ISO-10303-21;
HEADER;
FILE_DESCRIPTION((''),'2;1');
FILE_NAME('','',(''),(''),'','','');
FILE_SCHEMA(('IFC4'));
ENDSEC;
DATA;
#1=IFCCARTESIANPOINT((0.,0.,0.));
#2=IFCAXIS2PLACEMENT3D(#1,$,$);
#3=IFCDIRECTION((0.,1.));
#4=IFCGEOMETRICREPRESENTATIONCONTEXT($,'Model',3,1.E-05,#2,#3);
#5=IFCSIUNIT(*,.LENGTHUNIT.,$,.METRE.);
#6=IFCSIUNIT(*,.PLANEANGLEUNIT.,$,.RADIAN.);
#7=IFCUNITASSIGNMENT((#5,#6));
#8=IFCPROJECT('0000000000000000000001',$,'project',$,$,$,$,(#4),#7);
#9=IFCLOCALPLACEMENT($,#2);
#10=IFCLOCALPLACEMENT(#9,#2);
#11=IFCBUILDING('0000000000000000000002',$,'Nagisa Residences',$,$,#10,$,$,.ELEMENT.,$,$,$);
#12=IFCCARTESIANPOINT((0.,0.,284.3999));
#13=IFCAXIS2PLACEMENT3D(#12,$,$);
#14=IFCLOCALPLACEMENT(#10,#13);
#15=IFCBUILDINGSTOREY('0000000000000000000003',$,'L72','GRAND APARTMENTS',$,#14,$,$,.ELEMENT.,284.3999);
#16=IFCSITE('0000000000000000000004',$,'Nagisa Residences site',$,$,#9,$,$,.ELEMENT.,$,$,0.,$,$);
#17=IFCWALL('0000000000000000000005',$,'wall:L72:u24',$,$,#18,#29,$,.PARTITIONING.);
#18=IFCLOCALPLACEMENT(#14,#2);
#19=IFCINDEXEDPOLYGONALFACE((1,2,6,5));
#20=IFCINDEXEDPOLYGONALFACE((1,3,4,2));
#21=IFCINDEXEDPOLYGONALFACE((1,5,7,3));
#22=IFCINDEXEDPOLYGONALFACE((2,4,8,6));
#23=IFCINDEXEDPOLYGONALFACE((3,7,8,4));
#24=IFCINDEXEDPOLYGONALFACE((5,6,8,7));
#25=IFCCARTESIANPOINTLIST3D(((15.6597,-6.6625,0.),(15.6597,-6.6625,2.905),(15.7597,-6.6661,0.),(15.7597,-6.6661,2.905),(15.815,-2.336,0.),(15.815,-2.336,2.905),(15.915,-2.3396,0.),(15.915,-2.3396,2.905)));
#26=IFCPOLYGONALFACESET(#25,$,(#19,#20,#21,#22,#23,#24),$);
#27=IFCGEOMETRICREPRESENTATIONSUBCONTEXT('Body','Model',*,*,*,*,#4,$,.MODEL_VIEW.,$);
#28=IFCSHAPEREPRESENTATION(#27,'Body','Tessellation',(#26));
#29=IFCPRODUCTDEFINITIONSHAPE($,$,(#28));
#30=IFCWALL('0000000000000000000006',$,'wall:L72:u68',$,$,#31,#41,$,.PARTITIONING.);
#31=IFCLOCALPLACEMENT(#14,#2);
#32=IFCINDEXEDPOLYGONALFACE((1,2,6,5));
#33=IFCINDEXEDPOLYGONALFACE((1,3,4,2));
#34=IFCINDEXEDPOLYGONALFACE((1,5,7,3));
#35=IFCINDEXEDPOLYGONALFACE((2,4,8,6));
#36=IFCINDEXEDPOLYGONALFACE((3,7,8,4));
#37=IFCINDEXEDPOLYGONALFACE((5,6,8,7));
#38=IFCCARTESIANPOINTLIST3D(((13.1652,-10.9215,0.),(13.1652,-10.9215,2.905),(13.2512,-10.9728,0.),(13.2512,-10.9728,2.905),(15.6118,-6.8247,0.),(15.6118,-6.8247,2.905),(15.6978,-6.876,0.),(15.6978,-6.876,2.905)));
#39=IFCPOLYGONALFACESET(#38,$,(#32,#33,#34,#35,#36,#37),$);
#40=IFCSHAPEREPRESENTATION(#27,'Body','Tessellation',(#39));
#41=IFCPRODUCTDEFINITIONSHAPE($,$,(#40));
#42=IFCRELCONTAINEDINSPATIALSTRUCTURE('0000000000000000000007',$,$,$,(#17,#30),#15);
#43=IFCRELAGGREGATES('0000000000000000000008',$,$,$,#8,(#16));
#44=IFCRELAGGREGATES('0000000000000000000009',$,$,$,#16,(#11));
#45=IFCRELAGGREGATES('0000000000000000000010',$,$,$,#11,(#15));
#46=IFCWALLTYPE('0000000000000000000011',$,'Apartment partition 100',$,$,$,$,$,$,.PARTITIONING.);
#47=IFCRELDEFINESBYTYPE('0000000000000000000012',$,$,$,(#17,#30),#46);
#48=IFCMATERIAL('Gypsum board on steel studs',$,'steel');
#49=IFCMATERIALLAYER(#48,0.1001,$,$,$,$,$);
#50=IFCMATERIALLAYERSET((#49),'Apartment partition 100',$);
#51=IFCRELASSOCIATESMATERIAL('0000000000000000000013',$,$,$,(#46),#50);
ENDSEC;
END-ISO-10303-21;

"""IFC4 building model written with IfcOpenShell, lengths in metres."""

from ifc_helpers import new_model, si_unit, direction, frame, frame_2d, origin, place, context, subcontext, project, spatial, rectangle, extrude, material, layer, layer_set, type_object, element, save


model = new_model("IFC4")

# Units and contexts
model_context = context("Model", 3, precision=1e-05, world=origin(), true_north=direction((0.0, 1.0)))
body_context = subcontext(model_context, "Body", "Model", "MODEL_VIEW")
ifc_project = project(units=[si_unit("LENGTHUNIT", "METRE"), si_unit("PLANEANGLEUNIT", "RADIAN")], contexts=[model_context])

# Site, building, storey
site_placement = place(None, origin())
site = spatial("IfcSite", under=ifc_project, at=site_placement, Name="Nagisa Residences site", CompositionType="ELEMENT", RefElevation=0.0)
building_placement = place(site_placement, origin())
building = spatial("IfcBuilding", under=site, at=building_placement, Name="Nagisa Residences", CompositionType="ELEMENT")
storey_placement = place(building_placement, frame((0.0, 0.0, 284.3999)))
storey = spatial("IfcBuildingStorey", under=building, at=storey_placement, Name="L72", Description="GRAND APARTMENTS", CompositionType="ELEMENT", Elevation=284.3999)

# Shared definitions
ifc_material_1 = material(Name="Gypsum board on steel studs", Category="steel")
ifc_layer_1 = layer(ifc_material_1, 0.1001)
ifc_layer_set_1 = layer_set([ifc_layer_1], Name="Apartment partition 100")
wall_type_1 = type_object("IfcWallType", Name="Apartment partition 100", PredefinedType="PARTITIONING", material=ifc_layer_set_1)

# Walls
wall_1_placement = place(storey_placement, frame((15.865, -2.3379, 0.0), z_axis=(0.0, 0.0, 1.0), x_axis=(-0.035865, -0.999357, 0.0)))
element("IfcWall", 1, at=wall_1_placement, inside=storey, type_object=wall_type_1, Name="wall:L72:u24", PredefinedType="PARTITIONING", context=body_context, shape_type="SweptSolid", body=[
    extrude(rectangle(XDim=4.3293, YDim=0.1001, at=frame_2d((2.1646, 0.0))), origin(), (0.0, 0.0, 1.0), 2.905),
])
wall_2_placement = place(storey_placement, frame((13.2083, -10.947, 0.0), z_axis=(0.0, 0.0, 1.0), x_axis=(0.512726, 0.858552, 0.0)))
element("IfcWall", 2, at=wall_2_placement, inside=storey, type_object=wall_type_1, Name="wall:L72:u68", PredefinedType="PARTITIONING", context=body_context, shape_type="SweptSolid", body=[
    extrude(rectangle(XDim=4.7717, YDim=0.1001, at=frame_2d((2.3857, 0.0))), origin(), (0.0, 0.0, 1.0), 2.905),
])

save(model, "model.ifc")
